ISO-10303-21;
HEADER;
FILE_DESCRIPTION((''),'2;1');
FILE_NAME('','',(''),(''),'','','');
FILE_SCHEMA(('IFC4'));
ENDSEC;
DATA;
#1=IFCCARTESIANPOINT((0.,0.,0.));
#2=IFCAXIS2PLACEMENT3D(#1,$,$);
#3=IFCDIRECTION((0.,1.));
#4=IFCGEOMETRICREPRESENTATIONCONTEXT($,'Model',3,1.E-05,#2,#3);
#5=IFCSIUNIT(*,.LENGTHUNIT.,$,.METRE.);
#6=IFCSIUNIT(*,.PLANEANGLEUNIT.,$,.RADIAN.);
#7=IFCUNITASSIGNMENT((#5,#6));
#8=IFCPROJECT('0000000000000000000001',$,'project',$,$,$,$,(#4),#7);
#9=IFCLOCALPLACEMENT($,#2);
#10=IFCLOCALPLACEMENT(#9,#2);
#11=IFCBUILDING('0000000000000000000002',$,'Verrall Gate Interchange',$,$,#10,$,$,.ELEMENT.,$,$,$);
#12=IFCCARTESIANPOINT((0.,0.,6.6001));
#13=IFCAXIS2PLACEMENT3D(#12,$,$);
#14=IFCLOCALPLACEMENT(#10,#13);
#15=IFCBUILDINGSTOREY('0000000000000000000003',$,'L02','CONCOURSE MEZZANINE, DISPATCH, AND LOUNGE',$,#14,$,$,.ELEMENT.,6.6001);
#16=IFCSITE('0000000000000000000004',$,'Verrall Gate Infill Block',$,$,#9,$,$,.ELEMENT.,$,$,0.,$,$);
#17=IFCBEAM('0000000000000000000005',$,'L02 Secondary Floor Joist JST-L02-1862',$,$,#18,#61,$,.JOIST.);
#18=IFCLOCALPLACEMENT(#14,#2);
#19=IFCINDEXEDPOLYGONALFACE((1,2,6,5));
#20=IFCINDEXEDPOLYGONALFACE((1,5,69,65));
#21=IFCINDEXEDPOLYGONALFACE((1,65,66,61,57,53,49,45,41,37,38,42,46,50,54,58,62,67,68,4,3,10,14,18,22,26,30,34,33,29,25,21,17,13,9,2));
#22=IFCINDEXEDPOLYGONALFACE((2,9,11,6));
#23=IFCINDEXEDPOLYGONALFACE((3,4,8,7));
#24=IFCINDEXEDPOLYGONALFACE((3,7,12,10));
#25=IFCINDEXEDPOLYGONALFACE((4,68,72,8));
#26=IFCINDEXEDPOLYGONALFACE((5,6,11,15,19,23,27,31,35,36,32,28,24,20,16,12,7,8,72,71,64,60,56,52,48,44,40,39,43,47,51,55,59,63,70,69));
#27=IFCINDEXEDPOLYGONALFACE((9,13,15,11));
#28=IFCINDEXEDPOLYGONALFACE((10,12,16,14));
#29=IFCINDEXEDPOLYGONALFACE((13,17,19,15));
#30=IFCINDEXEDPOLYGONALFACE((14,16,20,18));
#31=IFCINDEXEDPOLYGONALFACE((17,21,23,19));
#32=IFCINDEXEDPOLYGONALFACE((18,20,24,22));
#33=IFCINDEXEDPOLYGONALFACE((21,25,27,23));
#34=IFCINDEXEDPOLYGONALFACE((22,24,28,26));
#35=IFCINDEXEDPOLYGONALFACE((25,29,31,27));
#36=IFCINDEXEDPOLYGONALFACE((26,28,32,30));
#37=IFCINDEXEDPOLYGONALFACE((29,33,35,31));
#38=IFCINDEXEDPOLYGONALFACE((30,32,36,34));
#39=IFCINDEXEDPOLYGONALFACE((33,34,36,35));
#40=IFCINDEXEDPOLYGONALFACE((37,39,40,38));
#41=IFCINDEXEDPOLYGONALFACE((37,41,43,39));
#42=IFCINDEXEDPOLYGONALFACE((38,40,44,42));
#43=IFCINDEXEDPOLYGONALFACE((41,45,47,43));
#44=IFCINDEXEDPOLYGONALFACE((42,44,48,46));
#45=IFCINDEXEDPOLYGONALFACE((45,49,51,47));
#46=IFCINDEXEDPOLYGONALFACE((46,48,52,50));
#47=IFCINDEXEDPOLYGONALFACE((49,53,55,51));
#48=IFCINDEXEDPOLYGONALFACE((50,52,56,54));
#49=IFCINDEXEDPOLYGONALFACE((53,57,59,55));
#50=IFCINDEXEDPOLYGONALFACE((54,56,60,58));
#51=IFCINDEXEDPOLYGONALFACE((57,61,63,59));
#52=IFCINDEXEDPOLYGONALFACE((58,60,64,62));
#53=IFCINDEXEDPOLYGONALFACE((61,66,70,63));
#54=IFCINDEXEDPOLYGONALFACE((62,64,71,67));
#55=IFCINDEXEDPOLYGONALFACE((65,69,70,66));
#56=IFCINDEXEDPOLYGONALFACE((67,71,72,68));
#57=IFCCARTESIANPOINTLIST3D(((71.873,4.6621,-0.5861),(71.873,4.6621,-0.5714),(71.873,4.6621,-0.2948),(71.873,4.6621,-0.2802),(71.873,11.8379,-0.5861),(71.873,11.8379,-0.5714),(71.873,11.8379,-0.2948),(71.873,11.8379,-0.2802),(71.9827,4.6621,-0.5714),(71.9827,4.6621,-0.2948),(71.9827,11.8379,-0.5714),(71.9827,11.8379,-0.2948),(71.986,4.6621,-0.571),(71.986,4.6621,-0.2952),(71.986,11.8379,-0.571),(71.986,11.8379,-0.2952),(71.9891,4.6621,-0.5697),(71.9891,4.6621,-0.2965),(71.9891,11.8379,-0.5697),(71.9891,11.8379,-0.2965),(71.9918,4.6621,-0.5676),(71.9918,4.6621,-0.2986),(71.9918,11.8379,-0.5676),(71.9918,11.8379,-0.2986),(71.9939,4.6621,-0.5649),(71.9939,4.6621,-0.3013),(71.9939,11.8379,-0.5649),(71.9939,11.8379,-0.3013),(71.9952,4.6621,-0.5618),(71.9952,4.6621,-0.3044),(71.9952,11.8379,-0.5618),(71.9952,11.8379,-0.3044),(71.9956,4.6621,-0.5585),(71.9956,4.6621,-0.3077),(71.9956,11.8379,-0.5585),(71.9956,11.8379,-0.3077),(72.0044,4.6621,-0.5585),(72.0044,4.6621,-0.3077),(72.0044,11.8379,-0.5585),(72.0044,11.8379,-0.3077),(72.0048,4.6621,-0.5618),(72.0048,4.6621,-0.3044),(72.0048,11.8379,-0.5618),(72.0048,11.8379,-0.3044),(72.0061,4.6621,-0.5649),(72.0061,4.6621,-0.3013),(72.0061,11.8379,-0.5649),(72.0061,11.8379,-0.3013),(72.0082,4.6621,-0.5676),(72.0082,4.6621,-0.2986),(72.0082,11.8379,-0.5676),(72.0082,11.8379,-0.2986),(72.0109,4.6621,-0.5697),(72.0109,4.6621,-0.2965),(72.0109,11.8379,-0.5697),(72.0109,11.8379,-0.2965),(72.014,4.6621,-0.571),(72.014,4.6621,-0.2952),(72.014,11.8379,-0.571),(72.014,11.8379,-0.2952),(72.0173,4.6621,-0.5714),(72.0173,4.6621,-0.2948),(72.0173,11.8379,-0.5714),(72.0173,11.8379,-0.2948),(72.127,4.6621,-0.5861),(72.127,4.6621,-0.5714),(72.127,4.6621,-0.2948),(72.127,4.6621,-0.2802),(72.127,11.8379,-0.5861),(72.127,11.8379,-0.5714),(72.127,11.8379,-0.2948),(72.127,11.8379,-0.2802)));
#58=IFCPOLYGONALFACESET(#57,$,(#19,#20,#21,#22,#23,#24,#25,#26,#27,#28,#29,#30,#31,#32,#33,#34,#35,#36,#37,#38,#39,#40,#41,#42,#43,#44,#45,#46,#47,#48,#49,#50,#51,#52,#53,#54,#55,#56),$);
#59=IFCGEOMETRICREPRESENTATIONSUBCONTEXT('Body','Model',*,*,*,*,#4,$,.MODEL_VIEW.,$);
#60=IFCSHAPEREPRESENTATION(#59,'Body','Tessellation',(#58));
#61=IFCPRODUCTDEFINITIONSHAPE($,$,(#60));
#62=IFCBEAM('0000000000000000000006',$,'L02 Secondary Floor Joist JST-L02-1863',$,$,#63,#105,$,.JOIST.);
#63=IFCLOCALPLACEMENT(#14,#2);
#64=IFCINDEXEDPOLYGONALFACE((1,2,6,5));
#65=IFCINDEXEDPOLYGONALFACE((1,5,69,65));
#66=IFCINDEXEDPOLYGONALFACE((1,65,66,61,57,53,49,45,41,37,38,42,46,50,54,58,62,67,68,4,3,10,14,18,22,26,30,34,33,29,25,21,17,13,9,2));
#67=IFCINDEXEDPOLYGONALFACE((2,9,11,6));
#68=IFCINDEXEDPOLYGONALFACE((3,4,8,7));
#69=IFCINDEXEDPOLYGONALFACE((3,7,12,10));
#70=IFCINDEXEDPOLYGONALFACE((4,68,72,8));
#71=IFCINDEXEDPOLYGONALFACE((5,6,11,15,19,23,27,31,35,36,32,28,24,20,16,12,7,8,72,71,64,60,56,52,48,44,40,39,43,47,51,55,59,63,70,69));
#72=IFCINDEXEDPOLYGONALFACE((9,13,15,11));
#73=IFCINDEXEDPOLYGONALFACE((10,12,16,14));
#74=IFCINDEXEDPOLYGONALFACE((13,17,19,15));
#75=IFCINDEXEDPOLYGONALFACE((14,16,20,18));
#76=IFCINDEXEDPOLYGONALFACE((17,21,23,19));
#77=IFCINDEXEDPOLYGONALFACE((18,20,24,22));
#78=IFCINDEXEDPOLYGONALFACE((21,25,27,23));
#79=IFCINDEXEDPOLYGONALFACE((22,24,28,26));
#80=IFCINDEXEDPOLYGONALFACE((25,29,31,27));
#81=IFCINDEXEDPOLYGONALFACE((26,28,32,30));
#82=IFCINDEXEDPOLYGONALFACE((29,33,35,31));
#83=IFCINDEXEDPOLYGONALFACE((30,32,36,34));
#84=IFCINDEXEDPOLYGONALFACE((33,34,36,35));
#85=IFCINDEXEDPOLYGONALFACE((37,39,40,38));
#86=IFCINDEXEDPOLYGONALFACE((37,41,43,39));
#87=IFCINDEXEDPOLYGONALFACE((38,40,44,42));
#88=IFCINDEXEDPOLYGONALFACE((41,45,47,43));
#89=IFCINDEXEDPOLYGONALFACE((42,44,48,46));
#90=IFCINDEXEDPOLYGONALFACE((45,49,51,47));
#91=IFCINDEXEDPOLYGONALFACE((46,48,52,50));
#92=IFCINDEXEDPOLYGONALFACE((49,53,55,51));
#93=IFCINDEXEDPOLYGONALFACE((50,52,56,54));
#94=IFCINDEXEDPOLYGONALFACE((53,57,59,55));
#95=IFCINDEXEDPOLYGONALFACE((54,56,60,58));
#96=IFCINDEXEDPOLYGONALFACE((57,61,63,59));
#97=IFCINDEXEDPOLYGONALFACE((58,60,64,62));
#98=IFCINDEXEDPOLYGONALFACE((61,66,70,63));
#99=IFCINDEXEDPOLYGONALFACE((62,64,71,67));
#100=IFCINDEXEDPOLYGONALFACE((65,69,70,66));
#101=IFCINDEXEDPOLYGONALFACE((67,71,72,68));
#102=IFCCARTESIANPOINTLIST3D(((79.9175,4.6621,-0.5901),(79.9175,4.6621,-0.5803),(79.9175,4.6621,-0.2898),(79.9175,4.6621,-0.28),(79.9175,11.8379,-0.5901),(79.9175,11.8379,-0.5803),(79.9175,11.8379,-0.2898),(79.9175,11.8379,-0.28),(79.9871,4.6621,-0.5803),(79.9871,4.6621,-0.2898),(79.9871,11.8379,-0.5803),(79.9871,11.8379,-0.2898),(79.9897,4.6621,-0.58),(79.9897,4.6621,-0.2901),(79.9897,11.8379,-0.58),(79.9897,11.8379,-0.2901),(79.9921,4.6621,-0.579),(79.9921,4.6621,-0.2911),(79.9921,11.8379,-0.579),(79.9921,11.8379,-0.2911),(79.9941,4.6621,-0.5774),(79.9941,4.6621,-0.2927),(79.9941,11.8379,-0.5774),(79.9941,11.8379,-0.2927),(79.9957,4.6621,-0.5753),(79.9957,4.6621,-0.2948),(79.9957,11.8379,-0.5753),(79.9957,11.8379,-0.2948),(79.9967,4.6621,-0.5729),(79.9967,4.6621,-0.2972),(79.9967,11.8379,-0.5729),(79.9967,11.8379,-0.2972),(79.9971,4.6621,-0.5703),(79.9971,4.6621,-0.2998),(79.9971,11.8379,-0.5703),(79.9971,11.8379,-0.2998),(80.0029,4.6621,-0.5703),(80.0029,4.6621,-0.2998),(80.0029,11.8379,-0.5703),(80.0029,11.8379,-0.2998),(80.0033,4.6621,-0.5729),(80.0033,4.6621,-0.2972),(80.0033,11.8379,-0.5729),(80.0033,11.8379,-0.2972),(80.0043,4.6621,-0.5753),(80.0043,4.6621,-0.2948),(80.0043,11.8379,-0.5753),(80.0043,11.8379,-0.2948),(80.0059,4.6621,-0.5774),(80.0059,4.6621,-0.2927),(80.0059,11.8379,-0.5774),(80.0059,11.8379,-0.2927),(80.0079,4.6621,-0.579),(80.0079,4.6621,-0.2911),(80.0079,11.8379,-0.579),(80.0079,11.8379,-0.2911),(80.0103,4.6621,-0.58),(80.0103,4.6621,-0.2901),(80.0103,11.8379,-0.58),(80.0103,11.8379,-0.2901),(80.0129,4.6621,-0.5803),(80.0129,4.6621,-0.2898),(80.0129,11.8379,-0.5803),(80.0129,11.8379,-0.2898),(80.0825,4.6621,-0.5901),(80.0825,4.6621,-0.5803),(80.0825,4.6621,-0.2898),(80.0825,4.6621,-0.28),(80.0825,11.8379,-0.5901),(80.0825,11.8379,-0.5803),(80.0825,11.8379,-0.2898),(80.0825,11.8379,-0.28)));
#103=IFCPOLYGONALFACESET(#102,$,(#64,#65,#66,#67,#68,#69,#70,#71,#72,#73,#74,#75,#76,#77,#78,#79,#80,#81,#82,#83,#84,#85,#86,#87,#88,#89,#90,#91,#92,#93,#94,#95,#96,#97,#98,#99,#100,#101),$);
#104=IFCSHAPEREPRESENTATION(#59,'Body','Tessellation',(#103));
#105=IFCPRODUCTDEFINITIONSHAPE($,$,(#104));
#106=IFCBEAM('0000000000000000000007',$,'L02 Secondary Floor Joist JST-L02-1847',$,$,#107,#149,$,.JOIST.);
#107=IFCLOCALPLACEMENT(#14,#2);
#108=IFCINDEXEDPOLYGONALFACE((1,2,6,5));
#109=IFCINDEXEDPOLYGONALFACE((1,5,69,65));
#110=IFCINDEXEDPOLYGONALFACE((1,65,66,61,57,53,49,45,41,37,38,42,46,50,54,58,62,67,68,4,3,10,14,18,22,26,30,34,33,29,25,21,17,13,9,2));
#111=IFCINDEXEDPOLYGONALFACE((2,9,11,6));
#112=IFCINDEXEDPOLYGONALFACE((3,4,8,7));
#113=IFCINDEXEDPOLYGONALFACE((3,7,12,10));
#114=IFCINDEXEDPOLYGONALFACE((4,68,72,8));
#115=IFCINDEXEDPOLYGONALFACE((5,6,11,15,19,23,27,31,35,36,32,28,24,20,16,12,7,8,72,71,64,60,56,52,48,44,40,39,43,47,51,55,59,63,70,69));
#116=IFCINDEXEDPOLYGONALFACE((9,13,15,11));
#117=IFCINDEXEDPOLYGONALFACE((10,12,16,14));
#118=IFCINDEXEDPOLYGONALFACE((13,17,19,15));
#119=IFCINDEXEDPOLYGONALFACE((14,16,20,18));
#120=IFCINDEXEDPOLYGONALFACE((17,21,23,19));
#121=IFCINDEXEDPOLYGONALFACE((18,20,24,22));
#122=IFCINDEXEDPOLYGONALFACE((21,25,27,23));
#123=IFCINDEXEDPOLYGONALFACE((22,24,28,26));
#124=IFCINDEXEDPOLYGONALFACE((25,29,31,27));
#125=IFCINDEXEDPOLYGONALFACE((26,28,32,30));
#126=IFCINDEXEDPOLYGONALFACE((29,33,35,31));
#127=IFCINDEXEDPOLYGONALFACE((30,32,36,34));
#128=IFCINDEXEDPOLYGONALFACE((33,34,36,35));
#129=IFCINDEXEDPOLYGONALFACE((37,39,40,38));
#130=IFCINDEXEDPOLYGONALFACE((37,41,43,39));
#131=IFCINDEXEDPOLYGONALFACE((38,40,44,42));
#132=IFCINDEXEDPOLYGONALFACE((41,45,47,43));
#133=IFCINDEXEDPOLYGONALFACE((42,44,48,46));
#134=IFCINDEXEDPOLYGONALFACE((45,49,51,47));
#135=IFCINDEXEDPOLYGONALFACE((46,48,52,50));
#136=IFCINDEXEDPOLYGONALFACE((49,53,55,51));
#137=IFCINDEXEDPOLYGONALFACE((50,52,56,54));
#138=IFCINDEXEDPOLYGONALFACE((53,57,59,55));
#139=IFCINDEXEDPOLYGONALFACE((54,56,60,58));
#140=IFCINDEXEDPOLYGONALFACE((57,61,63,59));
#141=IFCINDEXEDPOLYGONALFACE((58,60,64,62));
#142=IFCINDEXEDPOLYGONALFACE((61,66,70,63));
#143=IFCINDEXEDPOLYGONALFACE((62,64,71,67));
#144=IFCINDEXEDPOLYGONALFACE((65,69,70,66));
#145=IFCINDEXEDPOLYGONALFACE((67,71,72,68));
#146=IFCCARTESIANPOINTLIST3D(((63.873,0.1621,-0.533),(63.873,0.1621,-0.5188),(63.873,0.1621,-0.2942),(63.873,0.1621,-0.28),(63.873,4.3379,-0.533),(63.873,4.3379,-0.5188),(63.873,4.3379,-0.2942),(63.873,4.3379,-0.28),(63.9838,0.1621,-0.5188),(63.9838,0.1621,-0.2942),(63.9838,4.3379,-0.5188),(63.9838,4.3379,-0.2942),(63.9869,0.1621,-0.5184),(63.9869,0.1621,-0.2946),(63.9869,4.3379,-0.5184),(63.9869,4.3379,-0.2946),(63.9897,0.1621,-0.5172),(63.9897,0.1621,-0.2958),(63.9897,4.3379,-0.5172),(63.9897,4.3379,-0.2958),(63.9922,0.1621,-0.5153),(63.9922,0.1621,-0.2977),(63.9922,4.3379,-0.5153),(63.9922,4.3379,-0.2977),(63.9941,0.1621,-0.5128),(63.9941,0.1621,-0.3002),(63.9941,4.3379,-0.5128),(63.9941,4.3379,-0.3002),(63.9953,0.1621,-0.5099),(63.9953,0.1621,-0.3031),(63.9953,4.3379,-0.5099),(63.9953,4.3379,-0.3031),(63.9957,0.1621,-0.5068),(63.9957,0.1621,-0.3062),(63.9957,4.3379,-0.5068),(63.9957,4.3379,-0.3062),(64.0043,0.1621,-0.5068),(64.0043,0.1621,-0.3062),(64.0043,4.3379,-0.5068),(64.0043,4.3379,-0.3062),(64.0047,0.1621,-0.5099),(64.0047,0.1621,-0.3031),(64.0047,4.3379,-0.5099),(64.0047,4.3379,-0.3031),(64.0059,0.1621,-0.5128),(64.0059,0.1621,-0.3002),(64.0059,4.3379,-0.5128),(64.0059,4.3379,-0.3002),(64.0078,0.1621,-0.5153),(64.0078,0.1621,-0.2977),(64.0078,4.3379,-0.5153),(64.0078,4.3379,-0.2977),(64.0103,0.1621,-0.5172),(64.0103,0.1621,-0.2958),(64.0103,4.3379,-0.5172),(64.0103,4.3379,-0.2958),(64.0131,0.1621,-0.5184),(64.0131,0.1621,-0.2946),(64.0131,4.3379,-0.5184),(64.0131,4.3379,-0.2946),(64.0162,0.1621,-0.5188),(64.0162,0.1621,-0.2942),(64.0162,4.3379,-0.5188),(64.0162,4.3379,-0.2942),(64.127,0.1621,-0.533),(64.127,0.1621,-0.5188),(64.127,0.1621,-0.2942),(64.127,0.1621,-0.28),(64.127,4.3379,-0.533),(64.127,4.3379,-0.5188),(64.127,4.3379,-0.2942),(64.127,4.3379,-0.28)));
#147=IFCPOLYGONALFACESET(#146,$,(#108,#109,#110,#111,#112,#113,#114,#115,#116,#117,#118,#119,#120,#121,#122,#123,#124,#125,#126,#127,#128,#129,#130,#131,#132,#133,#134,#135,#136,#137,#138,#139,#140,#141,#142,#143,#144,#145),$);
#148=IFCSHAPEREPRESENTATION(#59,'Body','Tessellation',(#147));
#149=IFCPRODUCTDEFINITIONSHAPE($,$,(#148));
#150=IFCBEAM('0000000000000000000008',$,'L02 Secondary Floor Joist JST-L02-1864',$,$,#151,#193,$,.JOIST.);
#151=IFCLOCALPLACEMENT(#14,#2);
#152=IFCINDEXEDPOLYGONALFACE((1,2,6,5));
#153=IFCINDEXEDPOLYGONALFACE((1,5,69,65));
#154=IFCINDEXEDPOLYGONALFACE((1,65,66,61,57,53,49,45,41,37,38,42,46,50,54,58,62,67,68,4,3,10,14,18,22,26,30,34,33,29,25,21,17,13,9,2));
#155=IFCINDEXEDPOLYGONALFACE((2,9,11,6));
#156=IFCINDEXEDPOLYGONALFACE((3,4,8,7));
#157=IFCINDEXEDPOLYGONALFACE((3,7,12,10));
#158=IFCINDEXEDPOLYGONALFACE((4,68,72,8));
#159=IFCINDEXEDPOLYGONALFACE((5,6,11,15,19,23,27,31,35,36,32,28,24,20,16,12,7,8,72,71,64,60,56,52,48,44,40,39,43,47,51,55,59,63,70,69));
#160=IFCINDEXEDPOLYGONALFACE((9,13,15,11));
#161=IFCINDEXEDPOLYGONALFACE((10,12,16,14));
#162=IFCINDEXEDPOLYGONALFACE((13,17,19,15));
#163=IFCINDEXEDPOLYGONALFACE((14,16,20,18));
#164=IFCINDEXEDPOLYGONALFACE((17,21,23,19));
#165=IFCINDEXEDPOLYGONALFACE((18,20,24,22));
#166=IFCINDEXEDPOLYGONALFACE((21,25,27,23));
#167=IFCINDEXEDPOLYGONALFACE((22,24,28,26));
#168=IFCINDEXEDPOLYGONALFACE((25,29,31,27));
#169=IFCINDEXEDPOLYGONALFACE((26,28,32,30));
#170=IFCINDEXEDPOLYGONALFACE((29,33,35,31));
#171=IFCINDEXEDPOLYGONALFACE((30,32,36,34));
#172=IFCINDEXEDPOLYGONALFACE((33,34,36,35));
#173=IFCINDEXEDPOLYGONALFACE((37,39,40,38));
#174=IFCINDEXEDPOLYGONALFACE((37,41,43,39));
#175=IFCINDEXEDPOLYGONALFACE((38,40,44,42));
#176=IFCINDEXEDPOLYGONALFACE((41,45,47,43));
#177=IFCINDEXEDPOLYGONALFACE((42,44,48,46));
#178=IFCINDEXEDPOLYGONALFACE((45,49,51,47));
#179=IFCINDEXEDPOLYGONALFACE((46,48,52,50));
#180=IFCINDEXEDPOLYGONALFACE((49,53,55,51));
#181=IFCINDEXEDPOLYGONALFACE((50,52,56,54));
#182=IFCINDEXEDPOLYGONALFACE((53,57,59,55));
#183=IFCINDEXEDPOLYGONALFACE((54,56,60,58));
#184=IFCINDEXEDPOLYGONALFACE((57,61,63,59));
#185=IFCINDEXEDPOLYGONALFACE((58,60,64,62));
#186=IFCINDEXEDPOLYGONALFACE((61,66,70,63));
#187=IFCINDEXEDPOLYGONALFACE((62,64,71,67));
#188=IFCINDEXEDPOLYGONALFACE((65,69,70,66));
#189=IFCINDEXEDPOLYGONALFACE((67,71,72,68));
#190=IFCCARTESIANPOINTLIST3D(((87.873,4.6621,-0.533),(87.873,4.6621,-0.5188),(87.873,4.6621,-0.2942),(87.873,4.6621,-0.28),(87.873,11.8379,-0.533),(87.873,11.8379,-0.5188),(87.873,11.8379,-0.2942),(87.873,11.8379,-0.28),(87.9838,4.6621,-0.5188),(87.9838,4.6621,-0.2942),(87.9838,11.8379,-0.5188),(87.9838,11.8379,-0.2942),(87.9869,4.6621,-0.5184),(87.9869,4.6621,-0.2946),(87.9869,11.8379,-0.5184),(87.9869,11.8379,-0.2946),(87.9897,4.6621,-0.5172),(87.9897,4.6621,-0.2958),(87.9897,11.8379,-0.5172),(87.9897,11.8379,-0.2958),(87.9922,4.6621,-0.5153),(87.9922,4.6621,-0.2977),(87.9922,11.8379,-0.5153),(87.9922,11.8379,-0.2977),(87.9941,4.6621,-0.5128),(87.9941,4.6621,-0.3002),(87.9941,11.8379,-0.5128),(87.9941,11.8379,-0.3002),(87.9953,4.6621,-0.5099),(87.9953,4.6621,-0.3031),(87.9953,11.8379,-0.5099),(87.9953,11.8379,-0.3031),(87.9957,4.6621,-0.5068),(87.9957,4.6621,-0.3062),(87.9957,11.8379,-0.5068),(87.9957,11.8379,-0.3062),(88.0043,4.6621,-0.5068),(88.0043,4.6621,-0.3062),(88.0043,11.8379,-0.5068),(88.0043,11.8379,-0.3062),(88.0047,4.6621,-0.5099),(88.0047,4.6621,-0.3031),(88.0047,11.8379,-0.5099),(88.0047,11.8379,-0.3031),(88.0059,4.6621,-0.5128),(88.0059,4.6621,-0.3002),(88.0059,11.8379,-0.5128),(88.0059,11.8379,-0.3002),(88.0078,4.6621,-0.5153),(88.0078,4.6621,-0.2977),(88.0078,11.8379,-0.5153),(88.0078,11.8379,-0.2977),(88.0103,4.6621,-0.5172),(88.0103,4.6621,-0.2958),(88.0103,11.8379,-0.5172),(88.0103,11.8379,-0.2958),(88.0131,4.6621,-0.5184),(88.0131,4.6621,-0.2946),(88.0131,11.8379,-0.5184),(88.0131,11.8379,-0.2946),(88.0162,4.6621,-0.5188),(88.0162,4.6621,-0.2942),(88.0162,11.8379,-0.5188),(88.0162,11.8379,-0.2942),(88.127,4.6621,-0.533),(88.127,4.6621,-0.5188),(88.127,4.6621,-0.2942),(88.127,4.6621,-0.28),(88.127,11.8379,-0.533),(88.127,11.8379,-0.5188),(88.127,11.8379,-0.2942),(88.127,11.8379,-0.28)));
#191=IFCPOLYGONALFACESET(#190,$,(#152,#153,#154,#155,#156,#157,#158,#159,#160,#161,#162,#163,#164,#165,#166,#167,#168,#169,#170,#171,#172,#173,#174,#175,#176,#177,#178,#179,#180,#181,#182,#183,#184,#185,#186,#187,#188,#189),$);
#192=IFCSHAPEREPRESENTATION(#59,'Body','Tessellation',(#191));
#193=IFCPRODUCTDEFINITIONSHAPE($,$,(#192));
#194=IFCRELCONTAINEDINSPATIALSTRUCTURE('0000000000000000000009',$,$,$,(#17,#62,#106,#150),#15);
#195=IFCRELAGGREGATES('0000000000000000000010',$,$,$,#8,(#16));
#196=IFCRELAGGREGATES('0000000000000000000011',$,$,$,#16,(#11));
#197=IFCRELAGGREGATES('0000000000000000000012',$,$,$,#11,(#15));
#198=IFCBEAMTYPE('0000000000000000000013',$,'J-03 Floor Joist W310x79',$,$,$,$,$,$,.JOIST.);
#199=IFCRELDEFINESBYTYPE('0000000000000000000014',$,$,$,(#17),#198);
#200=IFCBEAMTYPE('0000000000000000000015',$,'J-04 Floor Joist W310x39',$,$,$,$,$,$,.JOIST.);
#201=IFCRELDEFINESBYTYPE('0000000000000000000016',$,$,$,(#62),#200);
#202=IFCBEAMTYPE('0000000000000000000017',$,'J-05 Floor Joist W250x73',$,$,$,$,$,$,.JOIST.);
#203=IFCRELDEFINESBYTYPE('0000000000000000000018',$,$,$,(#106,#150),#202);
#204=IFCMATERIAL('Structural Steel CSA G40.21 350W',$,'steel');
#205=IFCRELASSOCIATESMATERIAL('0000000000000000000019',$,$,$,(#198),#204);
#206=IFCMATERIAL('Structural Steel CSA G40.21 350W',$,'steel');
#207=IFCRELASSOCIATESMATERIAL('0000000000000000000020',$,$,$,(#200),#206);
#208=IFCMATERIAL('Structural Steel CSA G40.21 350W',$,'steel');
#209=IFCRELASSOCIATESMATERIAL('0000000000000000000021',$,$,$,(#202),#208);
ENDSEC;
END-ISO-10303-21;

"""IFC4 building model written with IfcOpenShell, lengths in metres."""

from ifc_helpers import new_model, si_unit, direction, frame, origin, origin_2d, place, context, subcontext, project, spatial, i_section, extrude, material, material_profile, profile_set, type_object, element, save


model = new_model("IFC4")

# Units and contexts
model_context = context("Model", 3, precision=1e-05, world=origin(), true_north=direction((0.0, 1.0)))
body_context = subcontext(model_context, "Body", "Model", "MODEL_VIEW")
ifc_project = project(units=[si_unit("LENGTHUNIT", "METRE"), si_unit("PLANEANGLEUNIT", "RADIAN")], contexts=[model_context])

# Site, building, storey
site_placement = place(None, origin())
site = spatial("IfcSite", under=ifc_project, at=site_placement, Name="Verrall Gate Infill Block", CompositionType="ELEMENT", RefElevation=0.0)
building_placement = place(site_placement, origin())
building = spatial("IfcBuilding", under=site, at=building_placement, Name="Verrall Gate Interchange", CompositionType="ELEMENT")
storey_placement = place(building_placement, frame((0.0, 0.0, 6.6001)))
storey = spatial("IfcBuildingStorey", under=building, at=storey_placement, Name="L02", Description="CONCOURSE MEZZANINE, DISPATCH, AND LOUNGE", CompositionType="ELEMENT", Elevation=6.6001)

# Beams
ifc_material_1 = material(Name="Structural Steel CSA G40.21 350W", Category="steel")
ifc_material_profile_1 = material_profile(ifc_material_1, i_section(OverallWidth=0.2539, OverallDepth=0.3059, WebThickness=0.0088, FlangeThickness=0.0146, FilletRadius=0.0129, at=origin_2d()), Name="W310x79")
ifc_profile_set_1 = profile_set([ifc_material_profile_1], Name="Structural Steel CSA G40.21 350W")
beam_type_1 = type_object("IfcBeamType", Name="J-03 Floor Joist W310x79", PredefinedType="JOIST", material=ifc_profile_set_1)
beam_1_placement = place(storey_placement, frame((72.0, 4.6621, -0.4331), z_axis=(0.0, 1.0, 0.0), x_axis=(-1.0, 0.0, 0.0)))
element("IfcBeam", 1, at=beam_1_placement, inside=storey, type_object=beam_type_1, Name="L02 Secondary Floor Joist JST-L02-1862", PredefinedType="JOIST", context=body_context, shape_type="SweptSolid", body=[
    extrude(i_section(OverallWidth=0.2539, OverallDepth=0.3059, WebThickness=0.0088, FlangeThickness=0.0146, FilletRadius=0.0129, at=origin_2d()), origin(), (0.0, 0.0, 1.0), 7.1758),
])
ifc_material_2 = material(Name="Structural Steel CSA G40.21 350W", Category="steel")
ifc_material_profile_2 = material_profile(ifc_material_2, i_section(OverallWidth=0.165, OverallDepth=0.3101, WebThickness=0.0059, FlangeThickness=0.0098, FilletRadius=0.01, at=origin_2d()), Name="W310x39")
ifc_profile_set_2 = profile_set([ifc_material_profile_2], Name="Structural Steel CSA G40.21 350W")
beam_type_2 = type_object("IfcBeamType", Name="J-04 Floor Joist W310x39", PredefinedType="JOIST", material=ifc_profile_set_2)
beam_2_placement = place(storey_placement, frame((80.0, 4.6621, -0.4351), z_axis=(0.0, 1.0, 0.0), x_axis=(-1.0, 0.0, 0.0)))
element("IfcBeam", 2, at=beam_2_placement, inside=storey, type_object=beam_type_2, Name="L02 Secondary Floor Joist JST-L02-1863", PredefinedType="JOIST", context=body_context, shape_type="SweptSolid", body=[
    extrude(i_section(OverallWidth=0.165, OverallDepth=0.3101, WebThickness=0.0059, FlangeThickness=0.0098, FilletRadius=0.01, at=origin_2d()), origin(), (0.0, 0.0, 1.0), 7.1758),
])
ifc_material_3 = material(Name="Structural Steel CSA G40.21 350W", Category="steel")
ifc_material_profile_3 = material_profile(ifc_material_3, i_section(OverallWidth=0.2539, OverallDepth=0.2529, WebThickness=0.0085, FlangeThickness=0.0142, FilletRadius=0.012, at=origin_2d()), Name="W250x73")
ifc_profile_set_3 = profile_set([ifc_material_profile_3], Name="Structural Steel CSA G40.21 350W")
beam_type_3 = type_object("IfcBeamType", Name="J-05 Floor Joist W250x73", PredefinedType="JOIST", material=ifc_profile_set_3)
beam_3_placement = place(storey_placement, frame((64.0, 0.1621, -0.4065), z_axis=(0.0, 1.0, 0.0), x_axis=(-1.0, 0.0, 0.0)))
element("IfcBeam", 3, at=beam_3_placement, inside=storey, type_object=beam_type_3, Name="L02 Secondary Floor Joist JST-L02-1847", PredefinedType="JOIST", context=body_context, shape_type="SweptSolid", body=[
    extrude(i_section(OverallWidth=0.2539, OverallDepth=0.2529, WebThickness=0.0085, FlangeThickness=0.0142, FilletRadius=0.012, at=origin_2d()), origin(), (0.0, 0.0, 1.0), 4.1758),
])
beam_4_placement = place(storey_placement, frame((88.0, 4.6621, -0.4065), z_axis=(0.0, 1.0, 0.0), x_axis=(-1.0, 0.0, 0.0)))
element("IfcBeam", 4, at=beam_4_placement, inside=storey, type_object=beam_type_3, Name="L02 Secondary Floor Joist JST-L02-1864", PredefinedType="JOIST", context=body_context, shape_type="SweptSolid", body=[
    extrude(i_section(OverallWidth=0.2539, OverallDepth=0.2529, WebThickness=0.0085, FlangeThickness=0.0142, FilletRadius=0.012, at=origin_2d()), origin(), (0.0, 0.0, 1.0), 7.1758),
])

save(model, "model.ifc")
